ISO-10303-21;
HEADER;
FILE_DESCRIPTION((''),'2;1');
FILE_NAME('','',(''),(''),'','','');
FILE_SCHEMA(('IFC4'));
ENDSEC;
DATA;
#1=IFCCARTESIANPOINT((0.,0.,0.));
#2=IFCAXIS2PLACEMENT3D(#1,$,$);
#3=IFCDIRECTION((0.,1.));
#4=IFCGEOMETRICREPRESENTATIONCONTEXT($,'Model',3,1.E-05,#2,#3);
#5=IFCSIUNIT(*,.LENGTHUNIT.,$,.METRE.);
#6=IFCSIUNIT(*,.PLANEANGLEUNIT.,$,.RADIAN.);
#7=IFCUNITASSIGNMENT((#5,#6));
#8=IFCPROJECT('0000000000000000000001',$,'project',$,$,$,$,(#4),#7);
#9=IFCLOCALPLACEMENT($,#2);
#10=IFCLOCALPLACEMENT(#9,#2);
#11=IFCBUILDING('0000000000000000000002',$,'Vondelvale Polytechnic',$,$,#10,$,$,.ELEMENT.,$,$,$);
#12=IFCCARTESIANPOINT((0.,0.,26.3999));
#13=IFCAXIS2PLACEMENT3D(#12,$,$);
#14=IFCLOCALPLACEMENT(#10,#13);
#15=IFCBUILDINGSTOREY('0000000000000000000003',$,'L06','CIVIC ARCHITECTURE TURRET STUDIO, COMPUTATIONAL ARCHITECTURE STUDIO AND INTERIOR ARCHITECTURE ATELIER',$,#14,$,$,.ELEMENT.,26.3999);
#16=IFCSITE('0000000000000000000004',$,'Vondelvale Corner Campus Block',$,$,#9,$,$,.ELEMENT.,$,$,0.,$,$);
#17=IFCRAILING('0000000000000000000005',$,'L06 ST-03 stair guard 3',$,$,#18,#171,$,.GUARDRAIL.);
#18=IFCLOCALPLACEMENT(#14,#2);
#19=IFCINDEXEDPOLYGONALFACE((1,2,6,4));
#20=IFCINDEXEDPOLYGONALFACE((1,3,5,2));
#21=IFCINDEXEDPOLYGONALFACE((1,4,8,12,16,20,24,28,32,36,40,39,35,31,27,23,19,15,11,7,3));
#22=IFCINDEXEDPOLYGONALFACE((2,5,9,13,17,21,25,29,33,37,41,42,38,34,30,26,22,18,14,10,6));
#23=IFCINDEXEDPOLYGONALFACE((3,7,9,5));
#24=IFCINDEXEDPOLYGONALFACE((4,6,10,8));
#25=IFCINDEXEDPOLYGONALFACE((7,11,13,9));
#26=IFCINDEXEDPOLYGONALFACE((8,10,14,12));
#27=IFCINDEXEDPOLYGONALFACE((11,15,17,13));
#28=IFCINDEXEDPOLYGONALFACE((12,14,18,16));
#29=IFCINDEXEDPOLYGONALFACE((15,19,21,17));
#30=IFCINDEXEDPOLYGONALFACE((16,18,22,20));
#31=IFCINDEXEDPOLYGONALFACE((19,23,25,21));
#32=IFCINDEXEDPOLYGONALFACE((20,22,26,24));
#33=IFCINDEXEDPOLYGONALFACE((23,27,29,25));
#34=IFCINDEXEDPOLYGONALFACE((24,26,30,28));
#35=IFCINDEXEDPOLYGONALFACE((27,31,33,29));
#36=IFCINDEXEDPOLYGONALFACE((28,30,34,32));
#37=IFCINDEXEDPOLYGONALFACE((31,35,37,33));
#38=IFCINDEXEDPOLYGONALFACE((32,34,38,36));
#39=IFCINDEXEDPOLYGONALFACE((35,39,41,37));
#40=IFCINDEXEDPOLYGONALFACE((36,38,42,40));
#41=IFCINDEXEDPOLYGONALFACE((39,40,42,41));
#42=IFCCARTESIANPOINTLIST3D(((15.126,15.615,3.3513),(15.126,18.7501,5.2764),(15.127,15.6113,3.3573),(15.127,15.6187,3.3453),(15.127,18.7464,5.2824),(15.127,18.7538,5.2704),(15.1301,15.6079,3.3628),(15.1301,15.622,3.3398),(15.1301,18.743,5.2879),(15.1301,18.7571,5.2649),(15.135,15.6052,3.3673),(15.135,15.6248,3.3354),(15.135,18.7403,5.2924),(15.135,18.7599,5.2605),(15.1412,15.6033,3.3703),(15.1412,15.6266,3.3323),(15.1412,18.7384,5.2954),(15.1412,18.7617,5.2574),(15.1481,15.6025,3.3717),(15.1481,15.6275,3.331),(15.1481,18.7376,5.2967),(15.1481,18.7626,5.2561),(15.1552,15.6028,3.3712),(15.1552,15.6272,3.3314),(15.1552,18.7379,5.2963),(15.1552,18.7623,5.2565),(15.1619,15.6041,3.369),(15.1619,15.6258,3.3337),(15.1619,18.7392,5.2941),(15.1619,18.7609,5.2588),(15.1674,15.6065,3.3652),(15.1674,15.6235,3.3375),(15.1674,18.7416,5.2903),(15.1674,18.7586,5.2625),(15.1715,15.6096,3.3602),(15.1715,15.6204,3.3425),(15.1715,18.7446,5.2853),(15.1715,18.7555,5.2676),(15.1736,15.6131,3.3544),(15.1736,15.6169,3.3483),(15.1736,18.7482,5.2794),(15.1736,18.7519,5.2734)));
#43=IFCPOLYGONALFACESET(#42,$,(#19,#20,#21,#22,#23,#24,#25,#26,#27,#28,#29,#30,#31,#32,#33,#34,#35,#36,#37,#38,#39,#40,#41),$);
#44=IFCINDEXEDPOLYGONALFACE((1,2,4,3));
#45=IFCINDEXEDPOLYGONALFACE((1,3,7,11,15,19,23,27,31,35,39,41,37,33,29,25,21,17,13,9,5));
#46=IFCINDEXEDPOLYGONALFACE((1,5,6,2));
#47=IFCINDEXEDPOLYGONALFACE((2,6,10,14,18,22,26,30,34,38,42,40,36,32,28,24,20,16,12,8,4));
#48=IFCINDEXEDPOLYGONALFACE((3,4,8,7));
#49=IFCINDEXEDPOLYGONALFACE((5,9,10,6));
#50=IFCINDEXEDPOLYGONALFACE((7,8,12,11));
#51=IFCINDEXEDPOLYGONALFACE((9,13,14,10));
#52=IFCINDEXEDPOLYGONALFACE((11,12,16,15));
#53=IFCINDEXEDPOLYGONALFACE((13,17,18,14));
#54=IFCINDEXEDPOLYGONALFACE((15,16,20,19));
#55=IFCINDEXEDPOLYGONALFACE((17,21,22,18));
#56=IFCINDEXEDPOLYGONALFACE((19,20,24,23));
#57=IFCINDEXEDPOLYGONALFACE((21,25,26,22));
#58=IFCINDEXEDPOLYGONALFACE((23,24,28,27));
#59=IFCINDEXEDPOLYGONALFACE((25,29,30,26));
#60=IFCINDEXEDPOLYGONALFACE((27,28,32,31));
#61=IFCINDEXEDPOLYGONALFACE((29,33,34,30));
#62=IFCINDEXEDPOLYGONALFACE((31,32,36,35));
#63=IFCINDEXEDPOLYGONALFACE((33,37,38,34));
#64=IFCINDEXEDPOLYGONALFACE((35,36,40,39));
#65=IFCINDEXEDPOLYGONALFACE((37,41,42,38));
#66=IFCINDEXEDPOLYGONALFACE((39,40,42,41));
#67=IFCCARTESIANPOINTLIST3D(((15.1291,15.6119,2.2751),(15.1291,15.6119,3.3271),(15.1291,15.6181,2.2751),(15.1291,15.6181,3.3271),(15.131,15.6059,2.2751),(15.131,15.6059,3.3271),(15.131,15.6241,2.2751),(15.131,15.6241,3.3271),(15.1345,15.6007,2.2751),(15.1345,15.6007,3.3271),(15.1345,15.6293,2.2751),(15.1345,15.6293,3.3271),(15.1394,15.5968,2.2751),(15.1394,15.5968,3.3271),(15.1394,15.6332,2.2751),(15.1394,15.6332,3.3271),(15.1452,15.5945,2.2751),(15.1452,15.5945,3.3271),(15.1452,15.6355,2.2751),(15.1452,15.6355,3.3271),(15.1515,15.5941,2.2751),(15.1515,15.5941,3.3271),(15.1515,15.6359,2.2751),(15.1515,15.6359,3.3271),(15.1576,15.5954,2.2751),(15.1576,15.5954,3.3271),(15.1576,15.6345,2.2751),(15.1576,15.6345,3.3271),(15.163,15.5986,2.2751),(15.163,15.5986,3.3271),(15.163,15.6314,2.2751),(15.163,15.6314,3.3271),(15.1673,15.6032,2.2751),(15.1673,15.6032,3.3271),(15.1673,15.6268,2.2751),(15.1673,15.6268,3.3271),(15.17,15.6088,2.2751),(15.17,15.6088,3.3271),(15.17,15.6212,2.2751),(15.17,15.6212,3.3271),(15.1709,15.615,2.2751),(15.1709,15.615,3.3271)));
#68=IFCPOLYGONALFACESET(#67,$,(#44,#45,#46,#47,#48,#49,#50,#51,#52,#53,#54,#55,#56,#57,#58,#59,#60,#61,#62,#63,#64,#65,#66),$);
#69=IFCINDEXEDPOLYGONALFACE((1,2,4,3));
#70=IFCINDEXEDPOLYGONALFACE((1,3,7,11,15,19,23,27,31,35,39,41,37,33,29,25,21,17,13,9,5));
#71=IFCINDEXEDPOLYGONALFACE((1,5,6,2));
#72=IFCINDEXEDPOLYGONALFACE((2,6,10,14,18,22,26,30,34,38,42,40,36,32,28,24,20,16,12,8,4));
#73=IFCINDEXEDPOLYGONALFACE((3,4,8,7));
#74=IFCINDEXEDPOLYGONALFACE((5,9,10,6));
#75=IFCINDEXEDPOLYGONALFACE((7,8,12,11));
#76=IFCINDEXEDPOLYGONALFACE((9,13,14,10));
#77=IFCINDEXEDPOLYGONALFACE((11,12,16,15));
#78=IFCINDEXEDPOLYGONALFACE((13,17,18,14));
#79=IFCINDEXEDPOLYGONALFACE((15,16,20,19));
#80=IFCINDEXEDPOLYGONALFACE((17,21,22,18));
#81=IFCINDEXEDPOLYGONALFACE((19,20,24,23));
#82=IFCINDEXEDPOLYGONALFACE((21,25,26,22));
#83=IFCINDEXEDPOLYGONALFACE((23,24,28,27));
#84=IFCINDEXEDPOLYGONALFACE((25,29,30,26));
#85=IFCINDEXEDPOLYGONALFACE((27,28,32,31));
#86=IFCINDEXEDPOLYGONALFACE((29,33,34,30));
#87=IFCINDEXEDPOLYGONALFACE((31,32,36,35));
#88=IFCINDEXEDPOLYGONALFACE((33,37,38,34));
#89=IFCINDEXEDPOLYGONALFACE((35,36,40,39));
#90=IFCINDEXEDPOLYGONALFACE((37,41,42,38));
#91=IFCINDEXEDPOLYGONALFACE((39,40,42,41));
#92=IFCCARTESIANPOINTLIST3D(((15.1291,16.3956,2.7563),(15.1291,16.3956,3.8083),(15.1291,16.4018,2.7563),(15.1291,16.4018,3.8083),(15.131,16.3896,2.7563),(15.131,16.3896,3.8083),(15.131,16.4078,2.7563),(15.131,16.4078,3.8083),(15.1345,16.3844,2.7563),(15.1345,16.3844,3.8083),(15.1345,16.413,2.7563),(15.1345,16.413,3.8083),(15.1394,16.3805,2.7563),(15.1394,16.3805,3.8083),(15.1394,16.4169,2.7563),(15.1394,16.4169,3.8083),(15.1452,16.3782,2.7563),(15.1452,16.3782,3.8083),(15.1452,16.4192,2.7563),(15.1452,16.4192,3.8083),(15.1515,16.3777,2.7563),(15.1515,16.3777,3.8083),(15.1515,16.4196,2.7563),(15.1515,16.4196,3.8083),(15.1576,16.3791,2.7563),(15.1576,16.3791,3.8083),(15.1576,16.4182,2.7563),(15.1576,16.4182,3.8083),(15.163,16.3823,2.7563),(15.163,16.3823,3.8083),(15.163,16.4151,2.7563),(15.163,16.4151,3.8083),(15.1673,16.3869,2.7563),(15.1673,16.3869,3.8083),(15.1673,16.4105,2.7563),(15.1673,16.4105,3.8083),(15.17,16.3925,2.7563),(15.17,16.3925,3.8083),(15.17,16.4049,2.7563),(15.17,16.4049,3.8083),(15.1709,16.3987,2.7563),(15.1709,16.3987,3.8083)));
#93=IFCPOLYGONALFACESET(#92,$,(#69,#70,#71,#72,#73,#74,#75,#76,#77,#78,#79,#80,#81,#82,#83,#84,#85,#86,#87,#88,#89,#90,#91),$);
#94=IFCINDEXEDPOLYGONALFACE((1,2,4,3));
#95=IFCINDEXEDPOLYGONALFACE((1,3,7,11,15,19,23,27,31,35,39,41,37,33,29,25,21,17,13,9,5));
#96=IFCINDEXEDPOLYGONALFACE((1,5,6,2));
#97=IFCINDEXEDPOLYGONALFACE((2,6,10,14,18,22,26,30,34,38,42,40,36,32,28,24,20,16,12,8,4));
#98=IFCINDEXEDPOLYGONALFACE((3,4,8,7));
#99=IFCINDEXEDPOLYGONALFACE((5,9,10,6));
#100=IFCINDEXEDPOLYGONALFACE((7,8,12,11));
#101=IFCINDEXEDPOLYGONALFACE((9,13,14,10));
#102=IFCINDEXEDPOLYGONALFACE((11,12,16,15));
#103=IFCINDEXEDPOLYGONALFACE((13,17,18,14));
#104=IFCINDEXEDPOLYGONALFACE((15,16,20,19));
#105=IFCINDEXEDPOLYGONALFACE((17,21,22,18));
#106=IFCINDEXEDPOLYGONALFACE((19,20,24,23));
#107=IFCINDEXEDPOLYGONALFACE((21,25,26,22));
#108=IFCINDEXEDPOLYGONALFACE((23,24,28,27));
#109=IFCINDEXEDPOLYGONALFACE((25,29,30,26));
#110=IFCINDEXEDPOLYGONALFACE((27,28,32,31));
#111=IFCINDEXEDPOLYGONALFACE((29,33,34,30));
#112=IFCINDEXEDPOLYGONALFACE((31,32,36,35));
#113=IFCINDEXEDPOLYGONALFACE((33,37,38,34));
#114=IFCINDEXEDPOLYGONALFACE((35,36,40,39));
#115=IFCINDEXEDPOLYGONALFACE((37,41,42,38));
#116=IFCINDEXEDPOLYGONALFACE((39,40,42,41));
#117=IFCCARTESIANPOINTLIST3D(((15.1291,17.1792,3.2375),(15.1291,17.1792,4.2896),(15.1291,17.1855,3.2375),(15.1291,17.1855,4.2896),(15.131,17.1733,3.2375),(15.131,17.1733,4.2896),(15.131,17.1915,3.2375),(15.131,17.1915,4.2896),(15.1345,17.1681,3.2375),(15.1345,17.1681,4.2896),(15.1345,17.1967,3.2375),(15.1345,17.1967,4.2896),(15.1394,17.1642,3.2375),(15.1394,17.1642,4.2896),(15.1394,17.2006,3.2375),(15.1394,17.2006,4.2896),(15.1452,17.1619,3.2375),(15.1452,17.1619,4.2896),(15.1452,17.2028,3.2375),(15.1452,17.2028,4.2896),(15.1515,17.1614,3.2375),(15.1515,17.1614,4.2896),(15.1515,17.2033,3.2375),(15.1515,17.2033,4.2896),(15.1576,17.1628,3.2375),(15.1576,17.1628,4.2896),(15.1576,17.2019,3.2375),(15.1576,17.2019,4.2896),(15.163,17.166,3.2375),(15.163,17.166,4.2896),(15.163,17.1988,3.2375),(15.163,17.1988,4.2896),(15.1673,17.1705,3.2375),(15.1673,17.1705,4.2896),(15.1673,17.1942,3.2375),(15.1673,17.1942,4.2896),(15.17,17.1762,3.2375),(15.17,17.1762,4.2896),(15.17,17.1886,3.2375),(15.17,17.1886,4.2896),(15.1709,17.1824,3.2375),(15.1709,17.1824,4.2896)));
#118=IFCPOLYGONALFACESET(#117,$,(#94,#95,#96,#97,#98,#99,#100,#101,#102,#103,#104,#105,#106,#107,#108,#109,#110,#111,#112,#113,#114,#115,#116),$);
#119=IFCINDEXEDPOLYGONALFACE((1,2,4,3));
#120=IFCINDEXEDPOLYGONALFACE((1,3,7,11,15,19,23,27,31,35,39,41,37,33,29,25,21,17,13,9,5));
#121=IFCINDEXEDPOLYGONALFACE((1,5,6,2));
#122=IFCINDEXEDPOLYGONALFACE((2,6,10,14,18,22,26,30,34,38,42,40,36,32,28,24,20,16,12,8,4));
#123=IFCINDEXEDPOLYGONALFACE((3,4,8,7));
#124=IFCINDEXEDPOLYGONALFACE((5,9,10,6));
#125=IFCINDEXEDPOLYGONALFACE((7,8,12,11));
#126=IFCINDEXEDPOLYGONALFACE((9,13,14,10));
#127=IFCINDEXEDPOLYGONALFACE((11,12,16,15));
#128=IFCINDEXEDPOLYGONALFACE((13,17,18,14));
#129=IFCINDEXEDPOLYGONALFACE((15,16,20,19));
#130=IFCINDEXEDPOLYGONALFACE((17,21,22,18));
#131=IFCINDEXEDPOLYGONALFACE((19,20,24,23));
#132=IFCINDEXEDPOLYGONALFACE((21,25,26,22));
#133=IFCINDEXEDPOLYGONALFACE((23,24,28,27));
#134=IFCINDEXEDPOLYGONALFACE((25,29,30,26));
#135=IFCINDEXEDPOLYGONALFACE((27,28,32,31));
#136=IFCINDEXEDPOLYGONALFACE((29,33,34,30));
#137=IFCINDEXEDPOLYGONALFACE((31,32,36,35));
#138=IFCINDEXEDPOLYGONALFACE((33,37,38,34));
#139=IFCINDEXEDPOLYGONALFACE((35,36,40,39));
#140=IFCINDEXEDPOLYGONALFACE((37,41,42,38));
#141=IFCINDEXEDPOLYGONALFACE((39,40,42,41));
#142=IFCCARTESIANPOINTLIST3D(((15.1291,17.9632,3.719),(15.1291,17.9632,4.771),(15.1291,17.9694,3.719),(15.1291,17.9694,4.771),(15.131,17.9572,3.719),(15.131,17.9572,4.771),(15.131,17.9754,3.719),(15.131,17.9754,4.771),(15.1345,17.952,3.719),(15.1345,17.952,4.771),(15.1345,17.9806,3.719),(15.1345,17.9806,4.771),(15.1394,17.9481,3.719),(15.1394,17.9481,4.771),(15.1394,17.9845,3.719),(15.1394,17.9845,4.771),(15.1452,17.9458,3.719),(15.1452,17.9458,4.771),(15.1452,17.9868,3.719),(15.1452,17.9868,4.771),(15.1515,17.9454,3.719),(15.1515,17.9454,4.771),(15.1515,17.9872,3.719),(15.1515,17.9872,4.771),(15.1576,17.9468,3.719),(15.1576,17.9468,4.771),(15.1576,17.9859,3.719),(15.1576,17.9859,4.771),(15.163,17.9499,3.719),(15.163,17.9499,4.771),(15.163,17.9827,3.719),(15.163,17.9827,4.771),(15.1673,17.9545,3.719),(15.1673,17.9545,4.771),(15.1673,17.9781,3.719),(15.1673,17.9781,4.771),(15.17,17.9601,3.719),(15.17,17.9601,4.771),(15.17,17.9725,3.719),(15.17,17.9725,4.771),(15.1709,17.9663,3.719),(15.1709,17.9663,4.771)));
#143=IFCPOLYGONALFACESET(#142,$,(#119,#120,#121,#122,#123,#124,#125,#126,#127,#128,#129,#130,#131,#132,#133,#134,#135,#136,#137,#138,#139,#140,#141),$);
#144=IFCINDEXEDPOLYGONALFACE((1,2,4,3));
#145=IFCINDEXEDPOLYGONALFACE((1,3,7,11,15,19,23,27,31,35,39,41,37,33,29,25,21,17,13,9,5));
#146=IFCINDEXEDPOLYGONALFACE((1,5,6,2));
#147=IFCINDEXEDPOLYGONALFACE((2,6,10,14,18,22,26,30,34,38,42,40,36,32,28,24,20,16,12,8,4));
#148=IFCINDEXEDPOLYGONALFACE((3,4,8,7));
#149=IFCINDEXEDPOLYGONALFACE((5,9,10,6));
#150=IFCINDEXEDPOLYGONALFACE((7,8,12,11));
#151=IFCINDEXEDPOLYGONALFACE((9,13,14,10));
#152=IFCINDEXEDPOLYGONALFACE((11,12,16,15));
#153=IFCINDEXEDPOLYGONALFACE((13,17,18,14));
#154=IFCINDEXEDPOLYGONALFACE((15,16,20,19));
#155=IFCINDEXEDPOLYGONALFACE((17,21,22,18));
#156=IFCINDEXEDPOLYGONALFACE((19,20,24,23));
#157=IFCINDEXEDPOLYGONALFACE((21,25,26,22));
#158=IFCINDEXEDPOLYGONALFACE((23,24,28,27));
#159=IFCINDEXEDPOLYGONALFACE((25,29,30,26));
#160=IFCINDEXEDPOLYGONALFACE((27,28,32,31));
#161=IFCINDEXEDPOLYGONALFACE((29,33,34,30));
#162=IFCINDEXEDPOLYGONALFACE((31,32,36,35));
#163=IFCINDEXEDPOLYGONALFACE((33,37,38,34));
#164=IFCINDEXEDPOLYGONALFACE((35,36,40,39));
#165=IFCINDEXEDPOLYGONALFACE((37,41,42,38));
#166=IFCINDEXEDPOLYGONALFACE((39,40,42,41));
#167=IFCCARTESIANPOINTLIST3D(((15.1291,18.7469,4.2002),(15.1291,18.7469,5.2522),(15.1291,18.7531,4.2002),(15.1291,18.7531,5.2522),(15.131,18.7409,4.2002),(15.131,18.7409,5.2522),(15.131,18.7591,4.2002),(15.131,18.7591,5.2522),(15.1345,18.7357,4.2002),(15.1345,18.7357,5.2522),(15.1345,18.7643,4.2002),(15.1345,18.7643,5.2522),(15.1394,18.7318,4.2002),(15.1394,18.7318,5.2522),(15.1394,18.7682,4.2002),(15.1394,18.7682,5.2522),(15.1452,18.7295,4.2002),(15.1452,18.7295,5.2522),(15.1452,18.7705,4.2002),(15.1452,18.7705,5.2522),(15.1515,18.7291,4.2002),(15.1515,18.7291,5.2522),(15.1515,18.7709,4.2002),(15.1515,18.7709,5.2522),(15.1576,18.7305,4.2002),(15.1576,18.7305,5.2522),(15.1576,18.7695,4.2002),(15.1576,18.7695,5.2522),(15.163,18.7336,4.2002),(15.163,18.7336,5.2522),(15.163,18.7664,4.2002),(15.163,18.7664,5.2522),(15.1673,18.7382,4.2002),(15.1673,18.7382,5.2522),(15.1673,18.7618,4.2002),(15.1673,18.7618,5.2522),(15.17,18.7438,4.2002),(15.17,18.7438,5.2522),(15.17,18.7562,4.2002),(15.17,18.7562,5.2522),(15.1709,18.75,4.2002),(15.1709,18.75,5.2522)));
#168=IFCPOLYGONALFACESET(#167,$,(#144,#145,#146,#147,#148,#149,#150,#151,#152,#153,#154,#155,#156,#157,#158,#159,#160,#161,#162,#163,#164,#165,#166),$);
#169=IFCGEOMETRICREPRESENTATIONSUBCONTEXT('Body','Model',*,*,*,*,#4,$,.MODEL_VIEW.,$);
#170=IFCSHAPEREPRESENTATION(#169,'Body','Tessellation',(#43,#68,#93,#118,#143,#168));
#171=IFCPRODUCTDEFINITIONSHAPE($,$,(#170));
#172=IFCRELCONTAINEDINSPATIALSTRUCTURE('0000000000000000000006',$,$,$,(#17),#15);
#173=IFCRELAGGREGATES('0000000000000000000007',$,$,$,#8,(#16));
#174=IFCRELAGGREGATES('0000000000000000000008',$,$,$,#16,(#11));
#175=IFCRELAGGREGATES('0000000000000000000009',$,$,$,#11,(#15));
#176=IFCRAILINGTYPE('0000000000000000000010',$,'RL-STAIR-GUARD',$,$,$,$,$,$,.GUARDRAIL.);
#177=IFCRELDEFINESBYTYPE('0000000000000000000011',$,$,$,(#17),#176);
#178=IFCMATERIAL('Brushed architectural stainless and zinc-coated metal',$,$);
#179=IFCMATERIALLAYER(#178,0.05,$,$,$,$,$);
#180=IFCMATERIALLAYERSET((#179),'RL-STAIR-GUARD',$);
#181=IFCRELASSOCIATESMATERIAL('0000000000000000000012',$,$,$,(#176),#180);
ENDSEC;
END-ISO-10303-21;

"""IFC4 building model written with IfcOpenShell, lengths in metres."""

from ifc_helpers import new_model, si_unit, direction, frame, origin, origin_2d, place, context, subcontext, project, spatial, circle, extrude, material, layer, layer_set, type_object, element, save


model = new_model("IFC4")

# Units and contexts
model_context = context("Model", 3, precision=1e-05, world=origin(), true_north=direction((0.0, 1.0)))
body_context = subcontext(model_context, "Body", "Model", "MODEL_VIEW")
ifc_project = project(units=[si_unit("LENGTHUNIT", "METRE"), si_unit("PLANEANGLEUNIT", "RADIAN")], contexts=[model_context])

# Site, building, storey
site_placement = place(None, origin())
site = spatial("IfcSite", under=ifc_project, at=site_placement, Name="Vondelvale Corner Campus Block", CompositionType="ELEMENT", RefElevation=0.0)
building_placement = place(site_placement, origin())
building = spatial("IfcBuilding", under=site, at=building_placement, Name="Vondelvale Polytechnic", CompositionType="ELEMENT")
storey_placement = place(building_placement, frame((0.0, 0.0, 26.3999)))
storey = spatial("IfcBuildingStorey", under=building, at=storey_placement, Name="L06", Description="CIVIC ARCHITECTURE TURRET STUDIO, COMPUTATIONAL ARCHITECTURE STUDIO AND INTERIOR ARCHITECTURE ATELIER", CompositionType="ELEMENT", Elevation=26.3999)

# Railing
ifc_material_1 = material(Name="Brushed architectural stainless and zinc-coated metal")
ifc_layer_1 = layer(ifc_material_1, 0.05)
ifc_layer_set_1 = layer_set([ifc_layer_1], Name="RL-STAIR-GUARD")
railing_type_1 = type_object("IfcRailingType", Name="RL-STAIR-GUARD", PredefinedType="GUARDRAIL", material=ifc_layer_set_1)
railing_1_placement = place(storey_placement, frame((15.1499, 15.615, 2.2751)))
element("IfcRailing", 1, at=railing_1_placement, inside=storey, type_object=railing_type_1, Name="L06 ST-03 stair guard 3", PredefinedType="GUARDRAIL", context=body_context, shape_type="SweptSolid", body=[
    extrude(circle(Radius=0.0239, at=origin_2d()), frame((0.0, 0.0, 1.0762), z_axis=(0.0, 0.852166, 0.523271), x_axis=(-1.0, 0.0, 0.0)), (0.0, 0.0, 1.0), 3.679),
    extrude(circle(Radius=0.021, at=origin_2d()), origin(), (0.0, 0.0, 1.0), 1.052),
    extrude(circle(Radius=0.021, at=origin_2d()), frame((0.0, 0.7837, 0.4812)), (0.0, 0.0, 1.0), 1.052),
    extrude(circle(Radius=0.021, at=origin_2d()), frame((0.0, 1.5674, 0.9624)), (0.0, 0.0, 1.0), 1.052),
    extrude(circle(Radius=0.021, at=origin_2d()), frame((0.0, 2.3513, 1.4438)), (0.0, 0.0, 1.0), 1.052),
    extrude(circle(Radius=0.021, at=origin_2d()), frame((0.0, 3.135, 1.925)), (0.0, 0.0, 1.0), 1.052),
])

save(model, "model.ifc")
